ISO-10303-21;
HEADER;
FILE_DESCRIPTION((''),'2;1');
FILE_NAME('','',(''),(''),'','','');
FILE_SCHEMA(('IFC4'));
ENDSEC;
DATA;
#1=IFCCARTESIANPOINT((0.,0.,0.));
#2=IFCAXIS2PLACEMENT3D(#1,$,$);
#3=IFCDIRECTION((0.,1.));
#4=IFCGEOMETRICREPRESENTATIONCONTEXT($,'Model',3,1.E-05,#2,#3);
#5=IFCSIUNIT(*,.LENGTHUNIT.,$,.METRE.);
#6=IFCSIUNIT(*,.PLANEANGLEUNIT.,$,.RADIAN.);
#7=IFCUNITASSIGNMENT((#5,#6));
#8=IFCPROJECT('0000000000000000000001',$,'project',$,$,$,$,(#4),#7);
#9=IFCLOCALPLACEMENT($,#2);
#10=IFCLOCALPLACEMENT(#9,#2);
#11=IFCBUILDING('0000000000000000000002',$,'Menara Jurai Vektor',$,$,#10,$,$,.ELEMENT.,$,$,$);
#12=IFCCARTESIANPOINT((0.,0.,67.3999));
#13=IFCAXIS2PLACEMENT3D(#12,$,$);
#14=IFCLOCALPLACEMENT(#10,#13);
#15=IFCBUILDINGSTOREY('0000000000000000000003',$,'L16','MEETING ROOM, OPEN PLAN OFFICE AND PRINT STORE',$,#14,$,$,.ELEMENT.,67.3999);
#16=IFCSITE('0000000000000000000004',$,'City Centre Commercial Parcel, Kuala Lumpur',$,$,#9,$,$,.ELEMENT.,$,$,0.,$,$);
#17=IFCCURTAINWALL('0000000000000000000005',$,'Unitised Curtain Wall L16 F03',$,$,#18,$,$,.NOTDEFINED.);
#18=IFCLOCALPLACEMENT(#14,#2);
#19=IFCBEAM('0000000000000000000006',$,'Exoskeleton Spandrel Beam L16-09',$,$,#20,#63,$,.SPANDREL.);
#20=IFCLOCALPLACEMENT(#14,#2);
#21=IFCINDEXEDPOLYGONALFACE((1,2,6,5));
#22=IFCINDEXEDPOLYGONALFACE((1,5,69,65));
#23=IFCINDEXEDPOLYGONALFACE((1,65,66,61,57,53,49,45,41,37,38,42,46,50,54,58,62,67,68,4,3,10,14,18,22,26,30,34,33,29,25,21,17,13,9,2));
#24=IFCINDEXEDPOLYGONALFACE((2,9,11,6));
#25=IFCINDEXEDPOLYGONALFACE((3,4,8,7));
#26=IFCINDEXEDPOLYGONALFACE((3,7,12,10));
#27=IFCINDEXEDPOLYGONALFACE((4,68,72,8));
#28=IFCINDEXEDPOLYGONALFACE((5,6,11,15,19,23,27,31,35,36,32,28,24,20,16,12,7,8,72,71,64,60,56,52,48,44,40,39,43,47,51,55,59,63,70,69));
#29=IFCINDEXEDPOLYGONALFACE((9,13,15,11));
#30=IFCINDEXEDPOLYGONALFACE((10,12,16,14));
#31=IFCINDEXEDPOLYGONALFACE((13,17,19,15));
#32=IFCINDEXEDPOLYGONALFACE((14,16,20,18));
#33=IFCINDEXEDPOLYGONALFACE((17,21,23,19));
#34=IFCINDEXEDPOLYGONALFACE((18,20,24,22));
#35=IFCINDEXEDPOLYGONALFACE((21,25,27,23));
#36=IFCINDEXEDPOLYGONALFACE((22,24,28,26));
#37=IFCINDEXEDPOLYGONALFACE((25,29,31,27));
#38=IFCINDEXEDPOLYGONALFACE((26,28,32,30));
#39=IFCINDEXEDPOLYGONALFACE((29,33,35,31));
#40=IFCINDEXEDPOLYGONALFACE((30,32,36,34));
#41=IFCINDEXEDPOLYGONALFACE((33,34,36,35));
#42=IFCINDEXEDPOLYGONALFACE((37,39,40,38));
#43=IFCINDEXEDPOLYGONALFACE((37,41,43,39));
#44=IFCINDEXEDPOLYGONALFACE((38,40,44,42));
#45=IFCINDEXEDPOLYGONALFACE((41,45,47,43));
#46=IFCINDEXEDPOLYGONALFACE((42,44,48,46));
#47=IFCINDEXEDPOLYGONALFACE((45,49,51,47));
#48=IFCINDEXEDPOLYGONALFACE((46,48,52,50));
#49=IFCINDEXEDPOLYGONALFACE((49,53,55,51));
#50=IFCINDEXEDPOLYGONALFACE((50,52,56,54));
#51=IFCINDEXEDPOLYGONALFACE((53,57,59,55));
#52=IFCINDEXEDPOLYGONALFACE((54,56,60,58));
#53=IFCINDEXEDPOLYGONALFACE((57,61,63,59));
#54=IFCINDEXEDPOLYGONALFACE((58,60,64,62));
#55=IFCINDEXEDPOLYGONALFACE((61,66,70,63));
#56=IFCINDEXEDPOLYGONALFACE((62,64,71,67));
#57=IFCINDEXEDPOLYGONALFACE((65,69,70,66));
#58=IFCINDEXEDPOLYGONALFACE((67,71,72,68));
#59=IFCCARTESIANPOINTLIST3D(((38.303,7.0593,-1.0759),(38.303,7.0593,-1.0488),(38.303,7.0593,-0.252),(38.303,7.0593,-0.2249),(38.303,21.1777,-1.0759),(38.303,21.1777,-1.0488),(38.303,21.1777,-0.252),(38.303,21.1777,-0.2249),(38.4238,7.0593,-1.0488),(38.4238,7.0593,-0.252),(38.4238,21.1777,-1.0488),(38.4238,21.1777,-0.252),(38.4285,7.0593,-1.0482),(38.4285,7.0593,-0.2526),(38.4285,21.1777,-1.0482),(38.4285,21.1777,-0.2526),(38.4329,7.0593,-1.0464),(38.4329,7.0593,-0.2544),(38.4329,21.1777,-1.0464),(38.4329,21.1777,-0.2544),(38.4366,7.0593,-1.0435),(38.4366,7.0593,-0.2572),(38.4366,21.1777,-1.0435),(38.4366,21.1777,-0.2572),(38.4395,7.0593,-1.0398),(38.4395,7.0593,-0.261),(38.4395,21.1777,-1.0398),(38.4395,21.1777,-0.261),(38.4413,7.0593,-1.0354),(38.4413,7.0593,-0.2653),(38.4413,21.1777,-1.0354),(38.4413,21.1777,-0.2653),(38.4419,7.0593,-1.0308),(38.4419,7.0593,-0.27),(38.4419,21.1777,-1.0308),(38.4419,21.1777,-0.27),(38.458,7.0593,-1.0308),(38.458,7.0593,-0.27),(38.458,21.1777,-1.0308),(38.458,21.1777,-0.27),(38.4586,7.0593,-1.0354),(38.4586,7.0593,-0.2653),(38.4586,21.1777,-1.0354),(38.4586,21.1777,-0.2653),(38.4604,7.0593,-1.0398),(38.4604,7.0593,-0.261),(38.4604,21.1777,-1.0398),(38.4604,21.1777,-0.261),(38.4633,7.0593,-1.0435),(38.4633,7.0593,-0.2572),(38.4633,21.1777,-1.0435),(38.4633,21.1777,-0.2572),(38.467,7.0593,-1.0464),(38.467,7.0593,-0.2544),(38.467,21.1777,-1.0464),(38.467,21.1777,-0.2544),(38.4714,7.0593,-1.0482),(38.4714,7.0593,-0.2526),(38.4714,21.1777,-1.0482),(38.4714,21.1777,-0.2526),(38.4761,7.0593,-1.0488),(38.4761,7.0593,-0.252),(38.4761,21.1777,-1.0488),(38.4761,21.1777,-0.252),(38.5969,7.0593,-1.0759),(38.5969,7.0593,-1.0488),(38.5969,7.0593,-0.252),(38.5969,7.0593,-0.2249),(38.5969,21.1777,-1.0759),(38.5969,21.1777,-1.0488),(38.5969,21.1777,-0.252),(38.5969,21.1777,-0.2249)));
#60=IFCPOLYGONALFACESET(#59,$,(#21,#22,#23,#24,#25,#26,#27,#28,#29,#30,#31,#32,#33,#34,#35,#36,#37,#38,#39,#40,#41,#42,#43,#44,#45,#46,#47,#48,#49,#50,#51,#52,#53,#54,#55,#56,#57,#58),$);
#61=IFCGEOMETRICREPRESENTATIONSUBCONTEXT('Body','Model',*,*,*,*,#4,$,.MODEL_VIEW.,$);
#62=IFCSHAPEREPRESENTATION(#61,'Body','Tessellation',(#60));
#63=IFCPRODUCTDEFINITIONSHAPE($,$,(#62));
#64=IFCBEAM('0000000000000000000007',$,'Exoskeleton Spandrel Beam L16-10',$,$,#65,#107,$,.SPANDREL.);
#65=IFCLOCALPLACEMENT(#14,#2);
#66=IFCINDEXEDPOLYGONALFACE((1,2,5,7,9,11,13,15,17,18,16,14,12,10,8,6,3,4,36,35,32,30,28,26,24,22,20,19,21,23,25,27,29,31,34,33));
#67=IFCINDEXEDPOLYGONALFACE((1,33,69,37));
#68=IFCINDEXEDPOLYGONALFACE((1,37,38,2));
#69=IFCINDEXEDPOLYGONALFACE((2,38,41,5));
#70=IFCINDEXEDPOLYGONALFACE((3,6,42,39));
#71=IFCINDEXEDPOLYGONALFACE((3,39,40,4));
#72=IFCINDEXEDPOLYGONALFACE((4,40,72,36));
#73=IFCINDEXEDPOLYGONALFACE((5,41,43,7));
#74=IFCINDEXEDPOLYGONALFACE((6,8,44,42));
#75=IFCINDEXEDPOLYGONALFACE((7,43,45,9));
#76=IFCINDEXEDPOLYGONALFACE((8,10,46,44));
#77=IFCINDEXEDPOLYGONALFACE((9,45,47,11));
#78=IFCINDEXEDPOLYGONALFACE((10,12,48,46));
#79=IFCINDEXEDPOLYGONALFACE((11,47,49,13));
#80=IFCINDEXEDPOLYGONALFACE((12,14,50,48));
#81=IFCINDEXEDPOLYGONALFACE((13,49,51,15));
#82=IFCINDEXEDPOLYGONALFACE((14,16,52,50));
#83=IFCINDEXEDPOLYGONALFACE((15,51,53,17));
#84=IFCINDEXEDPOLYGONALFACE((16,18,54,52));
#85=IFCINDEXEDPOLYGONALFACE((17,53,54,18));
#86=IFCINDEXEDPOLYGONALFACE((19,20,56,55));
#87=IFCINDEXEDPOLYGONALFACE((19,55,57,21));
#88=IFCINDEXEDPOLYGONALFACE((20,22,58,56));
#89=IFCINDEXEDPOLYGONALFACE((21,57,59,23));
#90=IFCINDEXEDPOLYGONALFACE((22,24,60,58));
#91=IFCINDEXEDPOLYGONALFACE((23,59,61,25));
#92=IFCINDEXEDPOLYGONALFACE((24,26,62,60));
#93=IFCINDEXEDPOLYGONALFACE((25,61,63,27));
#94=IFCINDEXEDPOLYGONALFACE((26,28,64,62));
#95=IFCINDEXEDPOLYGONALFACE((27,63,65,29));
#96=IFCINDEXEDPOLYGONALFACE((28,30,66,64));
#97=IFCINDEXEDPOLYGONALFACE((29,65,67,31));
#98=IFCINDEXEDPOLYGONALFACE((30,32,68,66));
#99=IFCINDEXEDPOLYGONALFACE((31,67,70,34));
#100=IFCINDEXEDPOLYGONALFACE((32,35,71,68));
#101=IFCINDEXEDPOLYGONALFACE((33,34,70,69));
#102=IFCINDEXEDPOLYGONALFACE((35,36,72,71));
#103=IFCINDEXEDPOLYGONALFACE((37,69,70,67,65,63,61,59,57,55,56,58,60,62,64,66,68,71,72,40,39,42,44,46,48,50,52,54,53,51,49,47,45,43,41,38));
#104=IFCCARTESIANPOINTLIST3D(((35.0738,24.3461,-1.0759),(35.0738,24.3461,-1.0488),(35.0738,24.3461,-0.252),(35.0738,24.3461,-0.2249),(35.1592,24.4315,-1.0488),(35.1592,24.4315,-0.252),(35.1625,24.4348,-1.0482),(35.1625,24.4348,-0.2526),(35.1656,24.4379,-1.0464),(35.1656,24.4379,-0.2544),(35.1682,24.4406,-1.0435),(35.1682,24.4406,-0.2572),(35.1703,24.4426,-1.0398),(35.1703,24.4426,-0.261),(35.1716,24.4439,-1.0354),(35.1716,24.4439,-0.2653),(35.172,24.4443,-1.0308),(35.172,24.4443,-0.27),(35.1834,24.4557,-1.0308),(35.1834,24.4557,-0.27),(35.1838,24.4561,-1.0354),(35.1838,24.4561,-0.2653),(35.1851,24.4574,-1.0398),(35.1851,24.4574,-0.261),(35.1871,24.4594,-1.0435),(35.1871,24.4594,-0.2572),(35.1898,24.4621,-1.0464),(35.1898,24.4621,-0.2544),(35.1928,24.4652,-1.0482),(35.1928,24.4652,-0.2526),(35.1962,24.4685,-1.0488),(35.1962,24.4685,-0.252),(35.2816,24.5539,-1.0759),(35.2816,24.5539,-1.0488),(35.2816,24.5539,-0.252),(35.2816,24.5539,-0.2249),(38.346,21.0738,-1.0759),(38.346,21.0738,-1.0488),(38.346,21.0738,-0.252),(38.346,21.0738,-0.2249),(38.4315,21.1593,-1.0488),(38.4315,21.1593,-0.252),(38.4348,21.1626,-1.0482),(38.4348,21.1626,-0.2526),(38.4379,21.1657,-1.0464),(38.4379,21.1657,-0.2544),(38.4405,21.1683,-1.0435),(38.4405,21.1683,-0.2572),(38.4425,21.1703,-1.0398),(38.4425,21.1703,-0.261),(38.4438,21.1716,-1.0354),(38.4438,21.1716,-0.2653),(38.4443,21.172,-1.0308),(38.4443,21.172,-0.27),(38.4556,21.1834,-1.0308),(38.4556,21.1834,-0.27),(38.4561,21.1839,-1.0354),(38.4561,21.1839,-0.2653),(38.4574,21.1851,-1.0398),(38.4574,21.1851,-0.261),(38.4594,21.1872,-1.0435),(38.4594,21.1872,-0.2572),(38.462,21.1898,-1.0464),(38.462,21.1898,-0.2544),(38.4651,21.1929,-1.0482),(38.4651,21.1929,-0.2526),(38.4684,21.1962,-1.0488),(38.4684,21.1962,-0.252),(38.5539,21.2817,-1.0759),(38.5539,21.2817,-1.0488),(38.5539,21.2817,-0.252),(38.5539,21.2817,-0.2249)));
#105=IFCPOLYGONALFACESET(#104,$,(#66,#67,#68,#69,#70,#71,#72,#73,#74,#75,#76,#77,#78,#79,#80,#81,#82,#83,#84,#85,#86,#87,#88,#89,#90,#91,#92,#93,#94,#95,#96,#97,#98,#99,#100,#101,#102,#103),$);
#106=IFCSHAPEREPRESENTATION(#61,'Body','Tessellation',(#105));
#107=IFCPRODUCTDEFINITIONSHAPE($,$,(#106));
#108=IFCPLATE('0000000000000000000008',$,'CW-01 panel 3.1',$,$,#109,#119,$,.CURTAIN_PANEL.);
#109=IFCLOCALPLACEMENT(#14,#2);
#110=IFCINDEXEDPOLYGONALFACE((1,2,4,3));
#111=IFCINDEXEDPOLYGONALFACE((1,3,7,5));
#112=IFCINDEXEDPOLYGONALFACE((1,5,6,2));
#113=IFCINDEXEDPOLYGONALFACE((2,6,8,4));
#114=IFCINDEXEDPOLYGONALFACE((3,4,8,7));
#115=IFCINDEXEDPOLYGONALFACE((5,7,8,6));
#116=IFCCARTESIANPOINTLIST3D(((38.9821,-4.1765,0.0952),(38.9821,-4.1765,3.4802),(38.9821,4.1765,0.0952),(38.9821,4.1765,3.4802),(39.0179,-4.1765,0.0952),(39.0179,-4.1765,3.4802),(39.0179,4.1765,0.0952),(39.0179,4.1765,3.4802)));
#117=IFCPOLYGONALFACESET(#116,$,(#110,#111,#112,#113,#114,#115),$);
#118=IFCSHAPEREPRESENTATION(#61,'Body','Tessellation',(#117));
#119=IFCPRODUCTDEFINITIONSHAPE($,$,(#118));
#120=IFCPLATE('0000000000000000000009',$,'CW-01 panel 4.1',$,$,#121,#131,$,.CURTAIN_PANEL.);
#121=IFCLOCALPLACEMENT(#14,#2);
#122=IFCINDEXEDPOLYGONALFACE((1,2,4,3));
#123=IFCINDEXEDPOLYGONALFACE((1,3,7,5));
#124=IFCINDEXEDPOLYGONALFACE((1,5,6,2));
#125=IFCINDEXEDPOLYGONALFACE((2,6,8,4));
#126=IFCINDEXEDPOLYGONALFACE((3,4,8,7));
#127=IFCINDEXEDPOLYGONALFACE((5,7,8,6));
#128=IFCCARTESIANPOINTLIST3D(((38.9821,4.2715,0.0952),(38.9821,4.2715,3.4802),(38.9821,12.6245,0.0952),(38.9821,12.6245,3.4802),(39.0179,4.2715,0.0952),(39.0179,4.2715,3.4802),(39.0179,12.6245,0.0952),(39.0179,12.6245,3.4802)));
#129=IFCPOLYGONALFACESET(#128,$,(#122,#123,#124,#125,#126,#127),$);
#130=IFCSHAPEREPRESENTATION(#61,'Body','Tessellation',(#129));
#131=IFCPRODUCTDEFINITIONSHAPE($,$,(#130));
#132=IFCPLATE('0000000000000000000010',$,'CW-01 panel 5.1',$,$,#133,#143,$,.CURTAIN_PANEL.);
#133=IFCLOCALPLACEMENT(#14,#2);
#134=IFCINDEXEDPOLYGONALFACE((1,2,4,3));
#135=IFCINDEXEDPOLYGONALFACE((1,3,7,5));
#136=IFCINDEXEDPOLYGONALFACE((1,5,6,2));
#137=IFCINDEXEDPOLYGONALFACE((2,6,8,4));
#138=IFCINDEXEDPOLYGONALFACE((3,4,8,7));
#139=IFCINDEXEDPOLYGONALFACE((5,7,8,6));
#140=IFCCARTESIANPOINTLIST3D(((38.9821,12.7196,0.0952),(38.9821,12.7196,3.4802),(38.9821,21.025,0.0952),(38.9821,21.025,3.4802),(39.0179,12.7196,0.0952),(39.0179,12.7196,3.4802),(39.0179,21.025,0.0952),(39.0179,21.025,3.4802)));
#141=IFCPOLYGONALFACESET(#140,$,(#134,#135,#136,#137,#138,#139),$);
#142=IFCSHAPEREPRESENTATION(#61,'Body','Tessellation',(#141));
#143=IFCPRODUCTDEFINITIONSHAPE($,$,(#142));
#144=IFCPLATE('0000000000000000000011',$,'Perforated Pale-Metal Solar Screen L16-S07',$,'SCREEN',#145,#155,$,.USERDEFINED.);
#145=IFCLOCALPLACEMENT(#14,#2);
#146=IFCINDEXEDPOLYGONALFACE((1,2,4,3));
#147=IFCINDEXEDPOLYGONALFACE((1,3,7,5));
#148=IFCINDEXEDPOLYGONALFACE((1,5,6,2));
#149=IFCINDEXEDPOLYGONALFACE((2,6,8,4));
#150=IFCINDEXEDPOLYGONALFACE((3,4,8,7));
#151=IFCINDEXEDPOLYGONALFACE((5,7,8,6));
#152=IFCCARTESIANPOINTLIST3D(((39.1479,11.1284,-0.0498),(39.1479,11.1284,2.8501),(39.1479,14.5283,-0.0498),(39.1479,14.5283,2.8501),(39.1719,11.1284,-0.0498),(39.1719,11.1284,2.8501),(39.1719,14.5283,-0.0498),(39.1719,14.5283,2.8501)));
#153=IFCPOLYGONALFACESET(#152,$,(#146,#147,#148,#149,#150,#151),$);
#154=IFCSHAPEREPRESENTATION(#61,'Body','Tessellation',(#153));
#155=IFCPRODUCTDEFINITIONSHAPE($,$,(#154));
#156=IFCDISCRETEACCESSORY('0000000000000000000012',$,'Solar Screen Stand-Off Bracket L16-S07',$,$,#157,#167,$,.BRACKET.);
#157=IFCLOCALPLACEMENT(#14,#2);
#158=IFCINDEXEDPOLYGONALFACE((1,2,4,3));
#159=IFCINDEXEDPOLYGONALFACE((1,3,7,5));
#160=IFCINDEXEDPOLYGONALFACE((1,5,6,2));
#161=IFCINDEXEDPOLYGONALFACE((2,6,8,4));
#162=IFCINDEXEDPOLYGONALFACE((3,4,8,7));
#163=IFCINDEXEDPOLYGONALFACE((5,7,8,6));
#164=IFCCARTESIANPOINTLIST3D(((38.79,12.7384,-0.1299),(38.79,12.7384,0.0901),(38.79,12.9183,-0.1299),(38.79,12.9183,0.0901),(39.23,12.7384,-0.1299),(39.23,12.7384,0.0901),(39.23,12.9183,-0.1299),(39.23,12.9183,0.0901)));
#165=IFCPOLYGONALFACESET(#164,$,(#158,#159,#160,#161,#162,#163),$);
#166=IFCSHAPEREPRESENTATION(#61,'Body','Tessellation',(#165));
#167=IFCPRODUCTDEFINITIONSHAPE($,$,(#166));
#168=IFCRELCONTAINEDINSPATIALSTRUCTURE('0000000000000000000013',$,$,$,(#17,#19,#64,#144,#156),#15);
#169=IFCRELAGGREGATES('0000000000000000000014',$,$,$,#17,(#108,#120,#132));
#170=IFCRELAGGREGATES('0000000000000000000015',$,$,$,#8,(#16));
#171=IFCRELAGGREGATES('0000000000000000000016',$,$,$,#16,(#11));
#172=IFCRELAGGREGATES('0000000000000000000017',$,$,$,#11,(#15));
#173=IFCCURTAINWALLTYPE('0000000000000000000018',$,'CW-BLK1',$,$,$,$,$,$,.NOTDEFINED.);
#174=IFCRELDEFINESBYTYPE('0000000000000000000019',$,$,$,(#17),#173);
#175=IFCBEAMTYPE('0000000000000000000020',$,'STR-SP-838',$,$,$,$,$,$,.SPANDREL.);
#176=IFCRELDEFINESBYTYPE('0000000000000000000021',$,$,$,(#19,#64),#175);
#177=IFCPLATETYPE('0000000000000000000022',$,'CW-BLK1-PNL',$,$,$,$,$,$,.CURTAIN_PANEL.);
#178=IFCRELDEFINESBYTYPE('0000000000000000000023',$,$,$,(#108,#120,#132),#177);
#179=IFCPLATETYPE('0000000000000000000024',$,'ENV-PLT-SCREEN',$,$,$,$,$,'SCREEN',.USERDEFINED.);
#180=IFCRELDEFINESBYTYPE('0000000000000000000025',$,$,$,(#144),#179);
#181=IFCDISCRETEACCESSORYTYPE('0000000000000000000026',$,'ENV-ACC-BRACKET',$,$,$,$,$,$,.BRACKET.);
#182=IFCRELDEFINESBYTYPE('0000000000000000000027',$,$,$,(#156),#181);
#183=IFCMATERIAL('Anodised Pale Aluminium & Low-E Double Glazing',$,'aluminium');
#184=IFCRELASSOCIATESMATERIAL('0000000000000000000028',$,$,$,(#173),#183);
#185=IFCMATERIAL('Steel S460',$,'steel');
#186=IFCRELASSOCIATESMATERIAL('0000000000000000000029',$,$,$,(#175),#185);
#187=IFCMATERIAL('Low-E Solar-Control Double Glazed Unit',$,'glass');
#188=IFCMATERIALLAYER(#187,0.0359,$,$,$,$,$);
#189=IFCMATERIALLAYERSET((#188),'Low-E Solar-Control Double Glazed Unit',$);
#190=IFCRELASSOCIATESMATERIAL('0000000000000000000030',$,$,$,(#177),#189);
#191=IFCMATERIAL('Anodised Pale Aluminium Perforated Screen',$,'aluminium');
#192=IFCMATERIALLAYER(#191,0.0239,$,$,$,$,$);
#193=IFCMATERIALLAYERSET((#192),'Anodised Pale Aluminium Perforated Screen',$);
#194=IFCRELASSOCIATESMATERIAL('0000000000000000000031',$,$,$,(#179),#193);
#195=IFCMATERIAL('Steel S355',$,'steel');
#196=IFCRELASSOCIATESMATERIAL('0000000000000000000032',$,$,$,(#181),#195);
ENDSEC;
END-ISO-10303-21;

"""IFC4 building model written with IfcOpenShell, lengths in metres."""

from ifc_helpers import new_model, si_unit, direction, frame, origin, origin_2d, place, context, subcontext, project, spatial, rectangle, i_section, extrude, material, layer, layer_set, material_profile, profile_set, type_object, element, aggregate, save


model = new_model("IFC4")

# Units and contexts
model_context = context("Model", 3, precision=1e-05, world=origin(), true_north=direction((0.0, 1.0)))
body_context = subcontext(model_context, "Body", "Model", "MODEL_VIEW")
ifc_project = project(units=[si_unit("LENGTHUNIT", "METRE"), si_unit("PLANEANGLEUNIT", "RADIAN")], contexts=[model_context])

# Site, building, storey
site_placement = place(None, origin())
site = spatial("IfcSite", under=ifc_project, at=site_placement, Name="City Centre Commercial Parcel, Kuala Lumpur", CompositionType="ELEMENT", RefElevation=0.0)
building_placement = place(site_placement, origin())
building = spatial("IfcBuilding", under=site, at=building_placement, Name="Menara Jurai Vektor", CompositionType="ELEMENT")
storey_placement = place(building_placement, frame((0.0, 0.0, 67.3999)))
storey = spatial("IfcBuildingStorey", under=building, at=storey_placement, Name="L16", Description="MEETING ROOM, OPEN PLAN OFFICE AND PRINT STORE", CompositionType="ELEMENT", Elevation=67.3999)

# Shared definitions
ifc_material_1 = material(Name="Steel S460", Category="steel")

# Curtain wall
ifc_material_2 = material(Name="Anodised Pale Aluminium & Low-E Double Glazing", Category="aluminium")
curtain_wall_type = type_object("IfcCurtainWallType", Name="CW-BLK1", PredefinedType="NOTDEFINED", material=ifc_material_2)
curtain_wall_1_placement = place(storey_placement, origin())
curtain_wall_1 = element("IfcCurtainWall", 1, at=curtain_wall_1_placement, inside=storey, type_object=curtain_wall_type, Name="Unitised Curtain Wall L16 F03", PredefinedType="NOTDEFINED")

# Shared definitions
ifc_material_3 = material(Name="Steel S355", Category="steel")

# Beams
ifc_material_profile_1 = material_profile(ifc_material_1, i_section(OverallWidth=0.2939, OverallDepth=0.8511, WebThickness=0.0161, FlangeThickness=0.0271, FilletRadius=0.0181, at=origin_2d()), Name="UKB 838x292x226")
ifc_profile_set_1 = profile_set([ifc_material_profile_1], Name="Steel S460")
beam_type_1 = type_object("IfcBeamType", Name="STR-SP-838", PredefinedType="SPANDREL", material=ifc_profile_set_1)
beam_1_placement = place(storey_placement, frame((38.45, 7.0593, -0.6504), z_axis=(0.0, 1.0, 0.0), x_axis=(-1.0, 0.0, 0.0)))
element("IfcBeam", 2, at=beam_1_placement, inside=storey, type_object=beam_type_1, Name="Exoskeleton Spandrel Beam L16-09", PredefinedType="SPANDREL", context=body_context, shape_type="SweptSolid", body=[
    extrude(i_section(OverallWidth=0.2939, OverallDepth=0.8511, WebThickness=0.0161, FlangeThickness=0.0271, FilletRadius=0.0181, at=origin_2d()), origin(), (0.0, 0.0, 1.0), 14.1184),
])
beam_2_placement = place(storey_placement, frame((38.45, 21.1777, -0.6504), z_axis=(-0.707107, 0.707107, 0.0), x_axis=(-0.707107, -0.707107, 0.0)))
element("IfcBeam", 3, at=beam_2_placement, inside=storey, type_object=beam_type_1, Name="Exoskeleton Spandrel Beam L16-10", PredefinedType="SPANDREL", context=body_context, shape_type="SweptSolid", body=[
    extrude(i_section(OverallWidth=0.2939, OverallDepth=0.8511, WebThickness=0.0161, FlangeThickness=0.0271, FilletRadius=0.0181, at=origin_2d()), origin(), (0.0, 0.0, 1.0), 4.6277),
])

# Plates
ifc_material_4 = material(Name="Low-E Solar-Control Double Glazed Unit", Category="glass")
ifc_layer_1 = layer(ifc_material_4, 0.0359)
ifc_layer_set_1 = layer_set([ifc_layer_1], Name="Low-E Solar-Control Double Glazed Unit")
plate_type_1 = type_object("IfcPlateType", Name="CW-BLK1-PNL", PredefinedType="CURTAIN_PANEL", material=ifc_layer_set_1)
plate_1_placement = place(storey_placement, frame((39.0, 0.0, 0.0952), z_axis=(0.0, 0.0, 1.0), x_axis=(0.0, 1.0, 0.0)))
plate_1 = element("IfcPlate", 4, at=plate_1_placement, type_object=plate_type_1, Name="CW-01 panel 3.1", PredefinedType="CURTAIN_PANEL", context=body_context, shape_type="SweptSolid", body=[
    extrude(rectangle(XDim=8.353, YDim=0.0359, at=origin_2d()), origin(), (0.0, 0.0, 1.0), 3.385),
])
plate_2_placement = place(storey_placement, frame((39.0, 8.448, 0.0952), z_axis=(0.0, 0.0, 1.0), x_axis=(0.0, 1.0, 0.0)))
plate_2 = element("IfcPlate", 5, at=plate_2_placement, type_object=plate_type_1, Name="CW-01 panel 4.1", PredefinedType="CURTAIN_PANEL", context=body_context, shape_type="SweptSolid", body=[
    extrude(rectangle(XDim=8.353, YDim=0.0359, at=origin_2d()), origin(), (0.0, 0.0, 1.0), 3.385),
])
plate_3_placement = place(storey_placement, frame((39.0, 16.8723, 0.0952), z_axis=(0.0, 0.0, 1.0), x_axis=(0.0, 1.0, 0.0)))
plate_3 = element("IfcPlate", 6, at=plate_3_placement, type_object=plate_type_1, Name="CW-01 panel 5.1", PredefinedType="CURTAIN_PANEL", context=body_context, shape_type="SweptSolid", body=[
    extrude(rectangle(XDim=8.3054, YDim=0.0359, at=origin_2d()), origin(), (0.0, 0.0, 1.0), 3.385),
])
aggregate(curtain_wall_1, [plate_1, plate_2, plate_3])
ifc_material_5 = material(Name="Anodised Pale Aluminium Perforated Screen", Category="aluminium")
ifc_layer_2 = layer(ifc_material_5, 0.0239)
ifc_layer_set_2 = layer_set([ifc_layer_2], Name="Anodised Pale Aluminium Perforated Screen")
plate_type_2 = type_object("IfcPlateType", Name="ENV-PLT-SCREEN", ElementType="SCREEN", PredefinedType="USERDEFINED", material=ifc_layer_set_2)
plate_4_placement = place(storey_placement, frame((39.1599, 12.8284, -0.0498), z_axis=(0.0, 0.0, 1.0), x_axis=(0.0, 1.0, 0.0)))
element("IfcPlate", 7, at=plate_4_placement, inside=storey, type_object=plate_type_2, Name="Perforated Pale-Metal Solar Screen L16-S07", ObjectType="SCREEN", PredefinedType="USERDEFINED", context=body_context, shape_type="SweptSolid", body=[
    extrude(rectangle(XDim=3.3999, YDim=0.0239, at=origin_2d()), origin(), (0.0, 0.0, 1.0), 2.8999),
])

# Discrete accessory
discrete_accessory_type = type_object("IfcDiscreteAccessoryType", Name="ENV-ACC-BRACKET", PredefinedType="BRACKET", material=ifc_material_3)
discrete_accessory_placement = place(storey_placement, frame((39.01, 12.8284, -0.1299), z_axis=(0.0, 0.0, 1.0), x_axis=(0.0, 1.0, 0.0)))
element("IfcDiscreteAccessory", 8, at=discrete_accessory_placement, inside=storey, type_object=discrete_accessory_type, Name="Solar Screen Stand-Off Bracket L16-S07", PredefinedType="BRACKET", context=body_context, shape_type="SweptSolid", body=[
    extrude(rectangle(XDim=0.1799, YDim=0.4399, at=origin_2d()), origin(), (0.0, 0.0, 1.0), 0.22),
])

save(model, "model.ifc")
